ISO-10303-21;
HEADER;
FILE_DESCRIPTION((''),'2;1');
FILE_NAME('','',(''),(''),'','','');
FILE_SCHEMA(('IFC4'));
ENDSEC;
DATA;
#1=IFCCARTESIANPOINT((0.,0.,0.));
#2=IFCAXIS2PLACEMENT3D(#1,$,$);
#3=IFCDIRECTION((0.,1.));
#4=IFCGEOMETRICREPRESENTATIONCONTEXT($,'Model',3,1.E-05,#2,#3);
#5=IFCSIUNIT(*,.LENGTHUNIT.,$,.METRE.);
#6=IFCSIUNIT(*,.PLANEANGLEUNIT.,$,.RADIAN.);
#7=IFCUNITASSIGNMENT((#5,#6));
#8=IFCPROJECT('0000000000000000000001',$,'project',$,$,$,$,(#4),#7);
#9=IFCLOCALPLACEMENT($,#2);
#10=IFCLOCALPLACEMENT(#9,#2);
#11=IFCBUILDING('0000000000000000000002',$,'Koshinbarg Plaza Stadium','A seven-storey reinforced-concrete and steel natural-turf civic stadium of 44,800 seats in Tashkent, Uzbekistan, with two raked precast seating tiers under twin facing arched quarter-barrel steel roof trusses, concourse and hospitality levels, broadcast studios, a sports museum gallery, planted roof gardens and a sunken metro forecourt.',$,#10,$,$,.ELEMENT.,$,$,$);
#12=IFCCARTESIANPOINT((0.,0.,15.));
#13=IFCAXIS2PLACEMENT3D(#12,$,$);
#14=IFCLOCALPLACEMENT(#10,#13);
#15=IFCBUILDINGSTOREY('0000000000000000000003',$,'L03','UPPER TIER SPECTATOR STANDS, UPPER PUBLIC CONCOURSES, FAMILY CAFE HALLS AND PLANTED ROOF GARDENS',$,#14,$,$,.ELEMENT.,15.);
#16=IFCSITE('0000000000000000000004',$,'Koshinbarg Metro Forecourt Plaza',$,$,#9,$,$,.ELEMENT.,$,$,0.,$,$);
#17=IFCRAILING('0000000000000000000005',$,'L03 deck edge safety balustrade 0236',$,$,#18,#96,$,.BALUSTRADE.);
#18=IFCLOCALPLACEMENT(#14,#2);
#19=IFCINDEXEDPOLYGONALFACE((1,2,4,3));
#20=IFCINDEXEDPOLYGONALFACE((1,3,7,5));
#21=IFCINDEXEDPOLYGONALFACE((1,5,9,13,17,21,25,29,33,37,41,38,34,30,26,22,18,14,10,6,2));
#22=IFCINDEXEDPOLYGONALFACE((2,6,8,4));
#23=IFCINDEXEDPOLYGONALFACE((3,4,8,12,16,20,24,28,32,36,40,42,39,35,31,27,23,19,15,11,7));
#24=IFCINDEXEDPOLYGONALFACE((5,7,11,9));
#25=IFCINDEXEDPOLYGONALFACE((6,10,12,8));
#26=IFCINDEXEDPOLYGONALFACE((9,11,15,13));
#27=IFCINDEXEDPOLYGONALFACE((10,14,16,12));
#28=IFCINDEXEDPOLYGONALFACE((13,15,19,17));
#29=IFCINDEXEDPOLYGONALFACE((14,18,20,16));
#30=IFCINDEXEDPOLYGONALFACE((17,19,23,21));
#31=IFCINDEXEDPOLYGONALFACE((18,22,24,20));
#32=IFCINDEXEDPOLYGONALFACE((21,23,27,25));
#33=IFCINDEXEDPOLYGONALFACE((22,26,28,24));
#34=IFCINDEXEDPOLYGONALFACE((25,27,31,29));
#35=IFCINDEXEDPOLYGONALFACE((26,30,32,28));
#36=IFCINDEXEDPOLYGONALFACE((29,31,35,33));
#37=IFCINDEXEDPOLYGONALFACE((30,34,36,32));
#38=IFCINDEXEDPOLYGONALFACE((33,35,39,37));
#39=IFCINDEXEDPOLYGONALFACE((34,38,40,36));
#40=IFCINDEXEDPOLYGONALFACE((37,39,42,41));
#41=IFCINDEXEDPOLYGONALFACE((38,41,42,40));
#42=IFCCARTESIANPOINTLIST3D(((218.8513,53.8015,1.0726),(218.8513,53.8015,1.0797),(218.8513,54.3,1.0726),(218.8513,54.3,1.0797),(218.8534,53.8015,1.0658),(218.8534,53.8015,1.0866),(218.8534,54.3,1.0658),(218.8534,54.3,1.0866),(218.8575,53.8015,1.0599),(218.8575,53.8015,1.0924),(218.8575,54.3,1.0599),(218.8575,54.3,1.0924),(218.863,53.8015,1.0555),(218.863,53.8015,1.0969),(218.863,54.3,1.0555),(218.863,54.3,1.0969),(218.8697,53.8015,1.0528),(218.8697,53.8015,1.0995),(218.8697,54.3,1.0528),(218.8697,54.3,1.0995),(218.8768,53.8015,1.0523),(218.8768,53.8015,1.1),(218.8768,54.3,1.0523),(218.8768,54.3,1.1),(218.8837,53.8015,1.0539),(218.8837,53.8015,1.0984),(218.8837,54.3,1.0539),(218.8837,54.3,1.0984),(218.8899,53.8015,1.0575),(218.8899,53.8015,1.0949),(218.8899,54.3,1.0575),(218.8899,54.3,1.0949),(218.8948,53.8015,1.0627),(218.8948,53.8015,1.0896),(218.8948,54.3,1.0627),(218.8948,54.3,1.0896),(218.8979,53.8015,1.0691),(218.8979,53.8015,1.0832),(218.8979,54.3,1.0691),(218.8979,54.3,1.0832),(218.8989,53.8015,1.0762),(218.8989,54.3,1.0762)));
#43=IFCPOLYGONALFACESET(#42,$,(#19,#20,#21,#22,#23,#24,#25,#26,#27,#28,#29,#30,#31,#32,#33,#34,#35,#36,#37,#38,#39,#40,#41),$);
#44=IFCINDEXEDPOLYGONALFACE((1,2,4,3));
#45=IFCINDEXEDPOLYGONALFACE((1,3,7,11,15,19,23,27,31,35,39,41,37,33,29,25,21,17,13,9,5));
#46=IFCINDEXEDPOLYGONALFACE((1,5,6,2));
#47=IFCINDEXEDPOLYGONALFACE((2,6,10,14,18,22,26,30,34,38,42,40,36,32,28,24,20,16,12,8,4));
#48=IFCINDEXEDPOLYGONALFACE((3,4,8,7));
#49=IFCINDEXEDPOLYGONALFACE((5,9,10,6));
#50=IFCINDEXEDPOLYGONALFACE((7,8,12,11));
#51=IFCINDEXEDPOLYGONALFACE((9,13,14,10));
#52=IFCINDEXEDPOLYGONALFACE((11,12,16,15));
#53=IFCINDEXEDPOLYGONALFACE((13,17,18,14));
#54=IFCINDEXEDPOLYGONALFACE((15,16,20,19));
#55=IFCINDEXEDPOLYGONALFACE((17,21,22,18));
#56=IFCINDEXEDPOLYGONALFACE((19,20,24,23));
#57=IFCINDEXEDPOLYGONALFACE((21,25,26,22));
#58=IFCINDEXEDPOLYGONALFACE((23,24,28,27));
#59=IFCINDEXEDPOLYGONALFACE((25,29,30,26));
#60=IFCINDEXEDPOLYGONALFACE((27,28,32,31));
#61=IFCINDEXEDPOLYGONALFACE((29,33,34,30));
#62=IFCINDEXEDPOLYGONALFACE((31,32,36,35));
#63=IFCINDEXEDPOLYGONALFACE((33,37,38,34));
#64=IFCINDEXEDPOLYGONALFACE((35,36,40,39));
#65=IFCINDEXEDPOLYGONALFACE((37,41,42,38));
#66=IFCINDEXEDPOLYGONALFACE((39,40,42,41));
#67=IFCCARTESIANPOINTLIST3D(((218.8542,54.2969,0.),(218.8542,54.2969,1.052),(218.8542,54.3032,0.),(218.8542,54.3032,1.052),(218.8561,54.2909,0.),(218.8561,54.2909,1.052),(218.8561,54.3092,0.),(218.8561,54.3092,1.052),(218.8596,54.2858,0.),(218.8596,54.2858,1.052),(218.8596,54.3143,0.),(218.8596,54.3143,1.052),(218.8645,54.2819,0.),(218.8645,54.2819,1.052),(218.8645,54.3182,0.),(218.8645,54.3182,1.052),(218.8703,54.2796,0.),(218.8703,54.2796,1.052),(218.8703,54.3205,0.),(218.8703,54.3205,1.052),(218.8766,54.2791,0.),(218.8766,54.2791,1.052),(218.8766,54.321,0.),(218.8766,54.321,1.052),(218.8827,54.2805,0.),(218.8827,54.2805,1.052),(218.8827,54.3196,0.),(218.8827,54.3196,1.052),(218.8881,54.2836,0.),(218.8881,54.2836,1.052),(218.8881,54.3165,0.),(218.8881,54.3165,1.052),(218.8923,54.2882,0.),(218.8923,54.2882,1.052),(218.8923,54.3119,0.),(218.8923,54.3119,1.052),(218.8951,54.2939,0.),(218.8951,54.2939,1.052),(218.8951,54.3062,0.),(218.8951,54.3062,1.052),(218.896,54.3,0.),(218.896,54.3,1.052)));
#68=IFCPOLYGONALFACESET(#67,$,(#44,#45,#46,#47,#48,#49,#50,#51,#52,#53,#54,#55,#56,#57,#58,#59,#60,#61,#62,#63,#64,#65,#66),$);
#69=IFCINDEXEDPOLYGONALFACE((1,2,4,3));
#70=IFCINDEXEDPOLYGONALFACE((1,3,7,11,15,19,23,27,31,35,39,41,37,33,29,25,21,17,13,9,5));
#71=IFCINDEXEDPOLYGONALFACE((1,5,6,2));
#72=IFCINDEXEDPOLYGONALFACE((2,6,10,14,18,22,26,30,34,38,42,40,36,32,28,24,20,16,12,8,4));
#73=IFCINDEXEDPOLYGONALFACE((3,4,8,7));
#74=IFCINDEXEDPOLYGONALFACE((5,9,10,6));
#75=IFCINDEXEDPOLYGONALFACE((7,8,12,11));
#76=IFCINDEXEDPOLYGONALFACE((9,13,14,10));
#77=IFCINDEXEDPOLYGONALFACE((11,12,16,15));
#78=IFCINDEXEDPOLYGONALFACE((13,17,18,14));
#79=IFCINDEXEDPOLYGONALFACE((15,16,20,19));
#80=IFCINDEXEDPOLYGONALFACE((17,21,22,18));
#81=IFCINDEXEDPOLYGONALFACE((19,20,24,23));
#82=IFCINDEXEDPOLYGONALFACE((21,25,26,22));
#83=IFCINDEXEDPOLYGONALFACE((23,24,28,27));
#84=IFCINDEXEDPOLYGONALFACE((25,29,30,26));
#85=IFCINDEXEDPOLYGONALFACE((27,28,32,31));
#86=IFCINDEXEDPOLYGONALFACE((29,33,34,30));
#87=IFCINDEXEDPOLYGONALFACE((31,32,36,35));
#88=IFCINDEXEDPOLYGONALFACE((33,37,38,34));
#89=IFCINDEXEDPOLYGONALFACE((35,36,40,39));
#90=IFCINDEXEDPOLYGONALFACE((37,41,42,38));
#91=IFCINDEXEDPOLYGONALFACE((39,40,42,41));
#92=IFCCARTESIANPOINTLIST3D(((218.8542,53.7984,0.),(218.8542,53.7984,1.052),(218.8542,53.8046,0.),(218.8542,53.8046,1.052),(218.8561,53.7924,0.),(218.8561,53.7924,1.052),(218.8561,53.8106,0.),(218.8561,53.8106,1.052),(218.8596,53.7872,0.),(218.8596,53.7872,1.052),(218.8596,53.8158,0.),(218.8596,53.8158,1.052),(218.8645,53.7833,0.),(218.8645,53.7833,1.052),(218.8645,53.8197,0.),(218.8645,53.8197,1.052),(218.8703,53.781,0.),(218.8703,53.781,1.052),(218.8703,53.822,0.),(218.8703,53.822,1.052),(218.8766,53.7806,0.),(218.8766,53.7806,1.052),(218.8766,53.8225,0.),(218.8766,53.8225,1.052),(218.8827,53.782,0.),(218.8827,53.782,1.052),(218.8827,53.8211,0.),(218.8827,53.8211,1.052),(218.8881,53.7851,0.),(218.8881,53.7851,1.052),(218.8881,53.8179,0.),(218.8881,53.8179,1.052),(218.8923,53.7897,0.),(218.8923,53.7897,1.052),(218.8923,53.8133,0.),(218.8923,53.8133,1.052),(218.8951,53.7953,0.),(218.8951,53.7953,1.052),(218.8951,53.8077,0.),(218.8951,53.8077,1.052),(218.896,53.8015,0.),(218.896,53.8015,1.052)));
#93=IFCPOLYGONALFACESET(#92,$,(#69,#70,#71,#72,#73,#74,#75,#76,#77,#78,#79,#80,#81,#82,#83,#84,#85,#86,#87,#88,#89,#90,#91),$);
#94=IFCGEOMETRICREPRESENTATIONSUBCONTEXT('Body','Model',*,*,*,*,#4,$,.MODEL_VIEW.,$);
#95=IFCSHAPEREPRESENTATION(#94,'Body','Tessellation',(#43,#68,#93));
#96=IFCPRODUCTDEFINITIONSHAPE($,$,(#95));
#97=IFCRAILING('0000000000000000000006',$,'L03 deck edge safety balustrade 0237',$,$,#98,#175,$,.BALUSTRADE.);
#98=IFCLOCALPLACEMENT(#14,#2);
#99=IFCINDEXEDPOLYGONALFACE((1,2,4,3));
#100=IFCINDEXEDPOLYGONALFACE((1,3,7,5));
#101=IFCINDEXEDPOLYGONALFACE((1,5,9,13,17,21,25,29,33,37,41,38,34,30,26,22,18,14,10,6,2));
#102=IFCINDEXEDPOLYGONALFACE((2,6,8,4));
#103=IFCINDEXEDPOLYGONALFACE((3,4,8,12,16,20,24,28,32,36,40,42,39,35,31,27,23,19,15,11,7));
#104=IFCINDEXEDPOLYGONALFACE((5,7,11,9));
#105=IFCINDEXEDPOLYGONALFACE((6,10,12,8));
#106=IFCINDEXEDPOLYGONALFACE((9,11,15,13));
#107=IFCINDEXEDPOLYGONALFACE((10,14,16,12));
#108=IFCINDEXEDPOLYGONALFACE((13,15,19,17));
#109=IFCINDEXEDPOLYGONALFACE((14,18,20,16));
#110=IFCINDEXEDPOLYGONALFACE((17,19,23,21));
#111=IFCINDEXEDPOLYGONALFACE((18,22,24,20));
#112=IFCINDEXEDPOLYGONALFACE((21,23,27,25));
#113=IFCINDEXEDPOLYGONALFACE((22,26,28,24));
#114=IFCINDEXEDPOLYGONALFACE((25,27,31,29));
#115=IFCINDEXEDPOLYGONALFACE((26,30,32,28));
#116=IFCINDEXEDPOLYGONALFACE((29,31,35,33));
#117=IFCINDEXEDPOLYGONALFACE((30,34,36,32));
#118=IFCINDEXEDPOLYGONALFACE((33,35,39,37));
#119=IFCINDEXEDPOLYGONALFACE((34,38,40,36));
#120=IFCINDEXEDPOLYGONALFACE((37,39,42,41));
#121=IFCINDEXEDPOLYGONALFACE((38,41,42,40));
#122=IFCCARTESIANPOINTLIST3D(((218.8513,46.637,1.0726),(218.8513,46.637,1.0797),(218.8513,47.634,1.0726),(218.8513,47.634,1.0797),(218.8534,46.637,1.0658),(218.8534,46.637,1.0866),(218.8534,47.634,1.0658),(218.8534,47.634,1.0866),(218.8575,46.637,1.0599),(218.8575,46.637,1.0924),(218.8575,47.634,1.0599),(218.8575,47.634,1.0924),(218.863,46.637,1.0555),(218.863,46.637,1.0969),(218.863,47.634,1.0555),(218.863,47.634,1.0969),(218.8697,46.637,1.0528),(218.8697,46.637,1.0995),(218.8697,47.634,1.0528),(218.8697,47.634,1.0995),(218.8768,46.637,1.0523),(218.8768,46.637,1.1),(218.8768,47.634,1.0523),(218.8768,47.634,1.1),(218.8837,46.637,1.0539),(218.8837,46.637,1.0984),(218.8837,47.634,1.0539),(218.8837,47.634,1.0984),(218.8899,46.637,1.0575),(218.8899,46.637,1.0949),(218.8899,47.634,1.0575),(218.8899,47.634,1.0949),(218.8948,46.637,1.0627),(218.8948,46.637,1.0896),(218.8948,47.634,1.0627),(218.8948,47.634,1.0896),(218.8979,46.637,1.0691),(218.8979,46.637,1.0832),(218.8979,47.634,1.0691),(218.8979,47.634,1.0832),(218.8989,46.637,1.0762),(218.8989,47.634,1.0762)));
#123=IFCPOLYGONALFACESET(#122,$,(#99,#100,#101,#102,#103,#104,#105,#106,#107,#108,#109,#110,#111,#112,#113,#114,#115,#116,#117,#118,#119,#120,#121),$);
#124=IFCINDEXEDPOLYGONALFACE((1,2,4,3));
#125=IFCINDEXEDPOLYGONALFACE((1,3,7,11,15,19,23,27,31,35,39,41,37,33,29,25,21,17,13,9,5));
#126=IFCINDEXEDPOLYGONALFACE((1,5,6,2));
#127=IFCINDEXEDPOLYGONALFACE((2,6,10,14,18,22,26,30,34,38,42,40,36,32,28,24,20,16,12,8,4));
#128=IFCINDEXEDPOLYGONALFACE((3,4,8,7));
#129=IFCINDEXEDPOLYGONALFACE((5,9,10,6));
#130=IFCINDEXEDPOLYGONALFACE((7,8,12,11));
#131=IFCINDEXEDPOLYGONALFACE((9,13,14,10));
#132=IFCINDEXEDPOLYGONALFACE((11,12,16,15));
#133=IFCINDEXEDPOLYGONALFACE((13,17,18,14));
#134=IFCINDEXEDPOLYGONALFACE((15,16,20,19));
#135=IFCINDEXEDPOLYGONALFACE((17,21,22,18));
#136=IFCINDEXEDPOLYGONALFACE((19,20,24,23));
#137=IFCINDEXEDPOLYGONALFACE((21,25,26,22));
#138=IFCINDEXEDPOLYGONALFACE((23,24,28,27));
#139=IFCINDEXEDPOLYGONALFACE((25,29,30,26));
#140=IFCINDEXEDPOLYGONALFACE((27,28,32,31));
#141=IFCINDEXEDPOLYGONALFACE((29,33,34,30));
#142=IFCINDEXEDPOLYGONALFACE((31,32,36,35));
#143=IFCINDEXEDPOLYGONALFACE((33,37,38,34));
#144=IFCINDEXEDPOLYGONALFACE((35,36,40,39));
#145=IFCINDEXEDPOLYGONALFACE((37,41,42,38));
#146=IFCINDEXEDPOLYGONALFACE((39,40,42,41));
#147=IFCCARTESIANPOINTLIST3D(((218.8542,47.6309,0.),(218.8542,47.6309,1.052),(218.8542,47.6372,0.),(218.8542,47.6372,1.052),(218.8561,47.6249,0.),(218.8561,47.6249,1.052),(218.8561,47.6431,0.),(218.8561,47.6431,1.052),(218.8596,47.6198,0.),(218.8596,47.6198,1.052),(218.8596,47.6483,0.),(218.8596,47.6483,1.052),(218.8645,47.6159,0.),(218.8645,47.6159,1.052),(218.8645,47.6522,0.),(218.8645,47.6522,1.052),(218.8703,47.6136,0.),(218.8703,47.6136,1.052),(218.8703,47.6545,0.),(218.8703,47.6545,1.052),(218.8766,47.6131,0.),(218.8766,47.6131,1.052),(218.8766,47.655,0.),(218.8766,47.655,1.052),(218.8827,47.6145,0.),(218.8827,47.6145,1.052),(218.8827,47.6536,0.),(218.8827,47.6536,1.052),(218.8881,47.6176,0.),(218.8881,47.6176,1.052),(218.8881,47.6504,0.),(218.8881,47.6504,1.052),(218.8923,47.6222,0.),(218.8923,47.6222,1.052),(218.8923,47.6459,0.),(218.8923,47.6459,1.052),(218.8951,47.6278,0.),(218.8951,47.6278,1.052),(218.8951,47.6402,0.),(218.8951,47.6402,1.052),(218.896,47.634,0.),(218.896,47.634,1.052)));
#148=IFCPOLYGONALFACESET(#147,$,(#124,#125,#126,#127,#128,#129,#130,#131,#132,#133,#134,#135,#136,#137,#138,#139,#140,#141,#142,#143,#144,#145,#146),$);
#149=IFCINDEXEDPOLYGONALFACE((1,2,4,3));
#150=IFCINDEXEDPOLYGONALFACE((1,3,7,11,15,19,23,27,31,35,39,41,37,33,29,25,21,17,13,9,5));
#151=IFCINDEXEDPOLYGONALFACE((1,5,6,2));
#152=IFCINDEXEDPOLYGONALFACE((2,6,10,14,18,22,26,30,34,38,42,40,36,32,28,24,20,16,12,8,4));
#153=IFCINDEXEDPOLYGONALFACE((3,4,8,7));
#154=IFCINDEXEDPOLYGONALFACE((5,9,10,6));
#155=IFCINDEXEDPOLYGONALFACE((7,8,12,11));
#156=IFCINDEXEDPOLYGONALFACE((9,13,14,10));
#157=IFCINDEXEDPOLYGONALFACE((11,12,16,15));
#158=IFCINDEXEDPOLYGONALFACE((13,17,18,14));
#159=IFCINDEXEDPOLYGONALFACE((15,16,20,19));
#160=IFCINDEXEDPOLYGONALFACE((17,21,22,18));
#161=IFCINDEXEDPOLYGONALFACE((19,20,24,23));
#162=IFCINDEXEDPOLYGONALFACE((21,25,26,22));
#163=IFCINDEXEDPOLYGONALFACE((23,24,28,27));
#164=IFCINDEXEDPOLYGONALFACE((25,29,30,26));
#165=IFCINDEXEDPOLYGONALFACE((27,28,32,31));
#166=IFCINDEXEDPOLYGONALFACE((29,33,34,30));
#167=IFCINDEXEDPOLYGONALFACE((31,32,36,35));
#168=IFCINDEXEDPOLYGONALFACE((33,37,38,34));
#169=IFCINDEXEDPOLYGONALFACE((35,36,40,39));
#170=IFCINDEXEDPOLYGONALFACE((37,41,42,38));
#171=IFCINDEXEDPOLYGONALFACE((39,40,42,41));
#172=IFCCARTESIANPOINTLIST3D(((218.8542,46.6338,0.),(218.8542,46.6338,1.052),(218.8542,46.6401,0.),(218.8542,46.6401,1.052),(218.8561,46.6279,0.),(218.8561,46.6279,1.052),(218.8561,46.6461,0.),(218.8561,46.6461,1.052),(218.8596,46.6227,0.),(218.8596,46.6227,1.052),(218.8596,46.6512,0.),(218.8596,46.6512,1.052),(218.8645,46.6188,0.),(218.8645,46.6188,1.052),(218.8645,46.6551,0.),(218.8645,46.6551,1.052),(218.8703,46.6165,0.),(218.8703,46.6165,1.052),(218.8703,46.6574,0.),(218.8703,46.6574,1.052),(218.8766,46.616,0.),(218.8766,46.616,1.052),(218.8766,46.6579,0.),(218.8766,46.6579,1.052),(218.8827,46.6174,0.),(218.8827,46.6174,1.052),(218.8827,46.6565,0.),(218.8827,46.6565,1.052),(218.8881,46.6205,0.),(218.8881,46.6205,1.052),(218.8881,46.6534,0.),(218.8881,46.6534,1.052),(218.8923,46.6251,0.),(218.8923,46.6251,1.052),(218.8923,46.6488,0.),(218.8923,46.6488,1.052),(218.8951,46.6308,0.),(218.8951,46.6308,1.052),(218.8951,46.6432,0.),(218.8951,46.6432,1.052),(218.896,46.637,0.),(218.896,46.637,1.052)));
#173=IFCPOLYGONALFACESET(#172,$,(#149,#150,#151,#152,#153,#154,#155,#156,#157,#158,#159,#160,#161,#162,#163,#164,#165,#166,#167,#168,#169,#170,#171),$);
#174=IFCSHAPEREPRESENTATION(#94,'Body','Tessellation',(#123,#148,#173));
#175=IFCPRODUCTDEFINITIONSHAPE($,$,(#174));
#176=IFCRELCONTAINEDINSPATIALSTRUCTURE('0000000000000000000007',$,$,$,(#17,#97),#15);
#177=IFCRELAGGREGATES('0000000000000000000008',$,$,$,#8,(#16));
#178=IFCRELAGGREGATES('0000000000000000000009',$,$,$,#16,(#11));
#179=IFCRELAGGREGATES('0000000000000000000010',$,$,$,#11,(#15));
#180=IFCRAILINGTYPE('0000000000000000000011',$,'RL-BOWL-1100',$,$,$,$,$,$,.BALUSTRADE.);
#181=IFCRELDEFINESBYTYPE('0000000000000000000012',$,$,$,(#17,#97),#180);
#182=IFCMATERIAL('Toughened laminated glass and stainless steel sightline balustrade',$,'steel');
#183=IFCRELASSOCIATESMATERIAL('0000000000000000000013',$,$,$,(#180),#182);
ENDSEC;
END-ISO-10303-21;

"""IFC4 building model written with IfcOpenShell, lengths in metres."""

from ifc_helpers import new_model, si_unit, direction, frame, origin, origin_2d, place, context, subcontext, project, spatial, circle, extrude, material, type_object, element, save


model = new_model("IFC4")

# Units and contexts
model_context = context("Model", 3, precision=1e-05, world=origin(), true_north=direction((0.0, 1.0)))
body_context = subcontext(model_context, "Body", "Model", "MODEL_VIEW")
ifc_project = project(units=[si_unit("LENGTHUNIT", "METRE"), si_unit("PLANEANGLEUNIT", "RADIAN")], contexts=[model_context])

# Site, building, storey
site_placement = place(None, origin())
site = spatial("IfcSite", under=ifc_project, at=site_placement, Name="Koshinbarg Metro Forecourt Plaza", CompositionType="ELEMENT", RefElevation=0.0)
building_placement = place(site_placement, origin())
building = spatial("IfcBuilding", under=site, at=building_placement, Name="Koshinbarg Plaza Stadium", Description="A seven-storey reinforced-concrete and steel natural-turf civic stadium of 44,800 seats in Tashkent, Uzbekistan, with two raked precast seating tiers under twin facing arched quarter-barrel steel roof trusses, concourse and hospitality levels, broadcast studios, a sports museum gallery, planted roof gardens and a sunken metro forecourt.", CompositionType="ELEMENT")
storey_placement = place(building_placement, frame((0.0, 0.0, 15.0)))
storey = spatial("IfcBuildingStorey", under=building, at=storey_placement, Name="L03", Description="UPPER TIER SPECTATOR STANDS, UPPER PUBLIC CONCOURSES, FAMILY CAFE HALLS AND PLANTED ROOF GARDENS", CompositionType="ELEMENT", Elevation=15.0)

# Railings
ifc_material_1 = material(Name="Toughened laminated glass and stainless steel sightline balustrade", Category="steel")
railing_type = type_object("IfcRailingType", Name="RL-BOWL-1100", PredefinedType="BALUSTRADE", material=ifc_material_1)
railing_1_placement = place(storey_placement, frame((218.875, 54.3, 0.0)))
element("IfcRailing", 1, at=railing_1_placement, inside=storey, type_object=railing_type, Name="L03 deck edge safety balustrade 0236", PredefinedType="BALUSTRADE", context=body_context, shape_type="SweptSolid", body=[
    extrude(circle(Radius=0.0239, at=origin_2d()), frame((0.0, 0.0, 1.0762), z_axis=(0.0, -1.0, 0.0), x_axis=(1.0, 0.0, 0.0)), (0.0, 0.0, 1.0), 0.4985),
    extrude(circle(Radius=0.021, at=origin_2d()), origin(), (0.0, 0.0, 1.0), 1.052),
    extrude(circle(Radius=0.021, at=origin_2d()), frame((0.0, -0.4985, 0.0)), (0.0, 0.0, 1.0), 1.052),
])
railing_2_placement = place(storey_placement, frame((218.875, 47.634, 0.0)))
element("IfcRailing", 2, at=railing_2_placement, inside=storey, type_object=railing_type, Name="L03 deck edge safety balustrade 0237", PredefinedType="BALUSTRADE", context=body_context, shape_type="SweptSolid", body=[
    extrude(circle(Radius=0.0239, at=origin_2d()), frame((0.0, 0.0, 1.0762), z_axis=(0.0, -1.0, 0.0), x_axis=(1.0, 0.0, 0.0)), (0.0, 0.0, 1.0), 0.9971),
    extrude(circle(Radius=0.021, at=origin_2d()), origin(), (0.0, 0.0, 1.0), 1.052),
    extrude(circle(Radius=0.021, at=origin_2d()), frame((0.0, -0.9971, 0.0)), (0.0, 0.0, 1.0), 1.052),
])

save(model, "model.ifc")
